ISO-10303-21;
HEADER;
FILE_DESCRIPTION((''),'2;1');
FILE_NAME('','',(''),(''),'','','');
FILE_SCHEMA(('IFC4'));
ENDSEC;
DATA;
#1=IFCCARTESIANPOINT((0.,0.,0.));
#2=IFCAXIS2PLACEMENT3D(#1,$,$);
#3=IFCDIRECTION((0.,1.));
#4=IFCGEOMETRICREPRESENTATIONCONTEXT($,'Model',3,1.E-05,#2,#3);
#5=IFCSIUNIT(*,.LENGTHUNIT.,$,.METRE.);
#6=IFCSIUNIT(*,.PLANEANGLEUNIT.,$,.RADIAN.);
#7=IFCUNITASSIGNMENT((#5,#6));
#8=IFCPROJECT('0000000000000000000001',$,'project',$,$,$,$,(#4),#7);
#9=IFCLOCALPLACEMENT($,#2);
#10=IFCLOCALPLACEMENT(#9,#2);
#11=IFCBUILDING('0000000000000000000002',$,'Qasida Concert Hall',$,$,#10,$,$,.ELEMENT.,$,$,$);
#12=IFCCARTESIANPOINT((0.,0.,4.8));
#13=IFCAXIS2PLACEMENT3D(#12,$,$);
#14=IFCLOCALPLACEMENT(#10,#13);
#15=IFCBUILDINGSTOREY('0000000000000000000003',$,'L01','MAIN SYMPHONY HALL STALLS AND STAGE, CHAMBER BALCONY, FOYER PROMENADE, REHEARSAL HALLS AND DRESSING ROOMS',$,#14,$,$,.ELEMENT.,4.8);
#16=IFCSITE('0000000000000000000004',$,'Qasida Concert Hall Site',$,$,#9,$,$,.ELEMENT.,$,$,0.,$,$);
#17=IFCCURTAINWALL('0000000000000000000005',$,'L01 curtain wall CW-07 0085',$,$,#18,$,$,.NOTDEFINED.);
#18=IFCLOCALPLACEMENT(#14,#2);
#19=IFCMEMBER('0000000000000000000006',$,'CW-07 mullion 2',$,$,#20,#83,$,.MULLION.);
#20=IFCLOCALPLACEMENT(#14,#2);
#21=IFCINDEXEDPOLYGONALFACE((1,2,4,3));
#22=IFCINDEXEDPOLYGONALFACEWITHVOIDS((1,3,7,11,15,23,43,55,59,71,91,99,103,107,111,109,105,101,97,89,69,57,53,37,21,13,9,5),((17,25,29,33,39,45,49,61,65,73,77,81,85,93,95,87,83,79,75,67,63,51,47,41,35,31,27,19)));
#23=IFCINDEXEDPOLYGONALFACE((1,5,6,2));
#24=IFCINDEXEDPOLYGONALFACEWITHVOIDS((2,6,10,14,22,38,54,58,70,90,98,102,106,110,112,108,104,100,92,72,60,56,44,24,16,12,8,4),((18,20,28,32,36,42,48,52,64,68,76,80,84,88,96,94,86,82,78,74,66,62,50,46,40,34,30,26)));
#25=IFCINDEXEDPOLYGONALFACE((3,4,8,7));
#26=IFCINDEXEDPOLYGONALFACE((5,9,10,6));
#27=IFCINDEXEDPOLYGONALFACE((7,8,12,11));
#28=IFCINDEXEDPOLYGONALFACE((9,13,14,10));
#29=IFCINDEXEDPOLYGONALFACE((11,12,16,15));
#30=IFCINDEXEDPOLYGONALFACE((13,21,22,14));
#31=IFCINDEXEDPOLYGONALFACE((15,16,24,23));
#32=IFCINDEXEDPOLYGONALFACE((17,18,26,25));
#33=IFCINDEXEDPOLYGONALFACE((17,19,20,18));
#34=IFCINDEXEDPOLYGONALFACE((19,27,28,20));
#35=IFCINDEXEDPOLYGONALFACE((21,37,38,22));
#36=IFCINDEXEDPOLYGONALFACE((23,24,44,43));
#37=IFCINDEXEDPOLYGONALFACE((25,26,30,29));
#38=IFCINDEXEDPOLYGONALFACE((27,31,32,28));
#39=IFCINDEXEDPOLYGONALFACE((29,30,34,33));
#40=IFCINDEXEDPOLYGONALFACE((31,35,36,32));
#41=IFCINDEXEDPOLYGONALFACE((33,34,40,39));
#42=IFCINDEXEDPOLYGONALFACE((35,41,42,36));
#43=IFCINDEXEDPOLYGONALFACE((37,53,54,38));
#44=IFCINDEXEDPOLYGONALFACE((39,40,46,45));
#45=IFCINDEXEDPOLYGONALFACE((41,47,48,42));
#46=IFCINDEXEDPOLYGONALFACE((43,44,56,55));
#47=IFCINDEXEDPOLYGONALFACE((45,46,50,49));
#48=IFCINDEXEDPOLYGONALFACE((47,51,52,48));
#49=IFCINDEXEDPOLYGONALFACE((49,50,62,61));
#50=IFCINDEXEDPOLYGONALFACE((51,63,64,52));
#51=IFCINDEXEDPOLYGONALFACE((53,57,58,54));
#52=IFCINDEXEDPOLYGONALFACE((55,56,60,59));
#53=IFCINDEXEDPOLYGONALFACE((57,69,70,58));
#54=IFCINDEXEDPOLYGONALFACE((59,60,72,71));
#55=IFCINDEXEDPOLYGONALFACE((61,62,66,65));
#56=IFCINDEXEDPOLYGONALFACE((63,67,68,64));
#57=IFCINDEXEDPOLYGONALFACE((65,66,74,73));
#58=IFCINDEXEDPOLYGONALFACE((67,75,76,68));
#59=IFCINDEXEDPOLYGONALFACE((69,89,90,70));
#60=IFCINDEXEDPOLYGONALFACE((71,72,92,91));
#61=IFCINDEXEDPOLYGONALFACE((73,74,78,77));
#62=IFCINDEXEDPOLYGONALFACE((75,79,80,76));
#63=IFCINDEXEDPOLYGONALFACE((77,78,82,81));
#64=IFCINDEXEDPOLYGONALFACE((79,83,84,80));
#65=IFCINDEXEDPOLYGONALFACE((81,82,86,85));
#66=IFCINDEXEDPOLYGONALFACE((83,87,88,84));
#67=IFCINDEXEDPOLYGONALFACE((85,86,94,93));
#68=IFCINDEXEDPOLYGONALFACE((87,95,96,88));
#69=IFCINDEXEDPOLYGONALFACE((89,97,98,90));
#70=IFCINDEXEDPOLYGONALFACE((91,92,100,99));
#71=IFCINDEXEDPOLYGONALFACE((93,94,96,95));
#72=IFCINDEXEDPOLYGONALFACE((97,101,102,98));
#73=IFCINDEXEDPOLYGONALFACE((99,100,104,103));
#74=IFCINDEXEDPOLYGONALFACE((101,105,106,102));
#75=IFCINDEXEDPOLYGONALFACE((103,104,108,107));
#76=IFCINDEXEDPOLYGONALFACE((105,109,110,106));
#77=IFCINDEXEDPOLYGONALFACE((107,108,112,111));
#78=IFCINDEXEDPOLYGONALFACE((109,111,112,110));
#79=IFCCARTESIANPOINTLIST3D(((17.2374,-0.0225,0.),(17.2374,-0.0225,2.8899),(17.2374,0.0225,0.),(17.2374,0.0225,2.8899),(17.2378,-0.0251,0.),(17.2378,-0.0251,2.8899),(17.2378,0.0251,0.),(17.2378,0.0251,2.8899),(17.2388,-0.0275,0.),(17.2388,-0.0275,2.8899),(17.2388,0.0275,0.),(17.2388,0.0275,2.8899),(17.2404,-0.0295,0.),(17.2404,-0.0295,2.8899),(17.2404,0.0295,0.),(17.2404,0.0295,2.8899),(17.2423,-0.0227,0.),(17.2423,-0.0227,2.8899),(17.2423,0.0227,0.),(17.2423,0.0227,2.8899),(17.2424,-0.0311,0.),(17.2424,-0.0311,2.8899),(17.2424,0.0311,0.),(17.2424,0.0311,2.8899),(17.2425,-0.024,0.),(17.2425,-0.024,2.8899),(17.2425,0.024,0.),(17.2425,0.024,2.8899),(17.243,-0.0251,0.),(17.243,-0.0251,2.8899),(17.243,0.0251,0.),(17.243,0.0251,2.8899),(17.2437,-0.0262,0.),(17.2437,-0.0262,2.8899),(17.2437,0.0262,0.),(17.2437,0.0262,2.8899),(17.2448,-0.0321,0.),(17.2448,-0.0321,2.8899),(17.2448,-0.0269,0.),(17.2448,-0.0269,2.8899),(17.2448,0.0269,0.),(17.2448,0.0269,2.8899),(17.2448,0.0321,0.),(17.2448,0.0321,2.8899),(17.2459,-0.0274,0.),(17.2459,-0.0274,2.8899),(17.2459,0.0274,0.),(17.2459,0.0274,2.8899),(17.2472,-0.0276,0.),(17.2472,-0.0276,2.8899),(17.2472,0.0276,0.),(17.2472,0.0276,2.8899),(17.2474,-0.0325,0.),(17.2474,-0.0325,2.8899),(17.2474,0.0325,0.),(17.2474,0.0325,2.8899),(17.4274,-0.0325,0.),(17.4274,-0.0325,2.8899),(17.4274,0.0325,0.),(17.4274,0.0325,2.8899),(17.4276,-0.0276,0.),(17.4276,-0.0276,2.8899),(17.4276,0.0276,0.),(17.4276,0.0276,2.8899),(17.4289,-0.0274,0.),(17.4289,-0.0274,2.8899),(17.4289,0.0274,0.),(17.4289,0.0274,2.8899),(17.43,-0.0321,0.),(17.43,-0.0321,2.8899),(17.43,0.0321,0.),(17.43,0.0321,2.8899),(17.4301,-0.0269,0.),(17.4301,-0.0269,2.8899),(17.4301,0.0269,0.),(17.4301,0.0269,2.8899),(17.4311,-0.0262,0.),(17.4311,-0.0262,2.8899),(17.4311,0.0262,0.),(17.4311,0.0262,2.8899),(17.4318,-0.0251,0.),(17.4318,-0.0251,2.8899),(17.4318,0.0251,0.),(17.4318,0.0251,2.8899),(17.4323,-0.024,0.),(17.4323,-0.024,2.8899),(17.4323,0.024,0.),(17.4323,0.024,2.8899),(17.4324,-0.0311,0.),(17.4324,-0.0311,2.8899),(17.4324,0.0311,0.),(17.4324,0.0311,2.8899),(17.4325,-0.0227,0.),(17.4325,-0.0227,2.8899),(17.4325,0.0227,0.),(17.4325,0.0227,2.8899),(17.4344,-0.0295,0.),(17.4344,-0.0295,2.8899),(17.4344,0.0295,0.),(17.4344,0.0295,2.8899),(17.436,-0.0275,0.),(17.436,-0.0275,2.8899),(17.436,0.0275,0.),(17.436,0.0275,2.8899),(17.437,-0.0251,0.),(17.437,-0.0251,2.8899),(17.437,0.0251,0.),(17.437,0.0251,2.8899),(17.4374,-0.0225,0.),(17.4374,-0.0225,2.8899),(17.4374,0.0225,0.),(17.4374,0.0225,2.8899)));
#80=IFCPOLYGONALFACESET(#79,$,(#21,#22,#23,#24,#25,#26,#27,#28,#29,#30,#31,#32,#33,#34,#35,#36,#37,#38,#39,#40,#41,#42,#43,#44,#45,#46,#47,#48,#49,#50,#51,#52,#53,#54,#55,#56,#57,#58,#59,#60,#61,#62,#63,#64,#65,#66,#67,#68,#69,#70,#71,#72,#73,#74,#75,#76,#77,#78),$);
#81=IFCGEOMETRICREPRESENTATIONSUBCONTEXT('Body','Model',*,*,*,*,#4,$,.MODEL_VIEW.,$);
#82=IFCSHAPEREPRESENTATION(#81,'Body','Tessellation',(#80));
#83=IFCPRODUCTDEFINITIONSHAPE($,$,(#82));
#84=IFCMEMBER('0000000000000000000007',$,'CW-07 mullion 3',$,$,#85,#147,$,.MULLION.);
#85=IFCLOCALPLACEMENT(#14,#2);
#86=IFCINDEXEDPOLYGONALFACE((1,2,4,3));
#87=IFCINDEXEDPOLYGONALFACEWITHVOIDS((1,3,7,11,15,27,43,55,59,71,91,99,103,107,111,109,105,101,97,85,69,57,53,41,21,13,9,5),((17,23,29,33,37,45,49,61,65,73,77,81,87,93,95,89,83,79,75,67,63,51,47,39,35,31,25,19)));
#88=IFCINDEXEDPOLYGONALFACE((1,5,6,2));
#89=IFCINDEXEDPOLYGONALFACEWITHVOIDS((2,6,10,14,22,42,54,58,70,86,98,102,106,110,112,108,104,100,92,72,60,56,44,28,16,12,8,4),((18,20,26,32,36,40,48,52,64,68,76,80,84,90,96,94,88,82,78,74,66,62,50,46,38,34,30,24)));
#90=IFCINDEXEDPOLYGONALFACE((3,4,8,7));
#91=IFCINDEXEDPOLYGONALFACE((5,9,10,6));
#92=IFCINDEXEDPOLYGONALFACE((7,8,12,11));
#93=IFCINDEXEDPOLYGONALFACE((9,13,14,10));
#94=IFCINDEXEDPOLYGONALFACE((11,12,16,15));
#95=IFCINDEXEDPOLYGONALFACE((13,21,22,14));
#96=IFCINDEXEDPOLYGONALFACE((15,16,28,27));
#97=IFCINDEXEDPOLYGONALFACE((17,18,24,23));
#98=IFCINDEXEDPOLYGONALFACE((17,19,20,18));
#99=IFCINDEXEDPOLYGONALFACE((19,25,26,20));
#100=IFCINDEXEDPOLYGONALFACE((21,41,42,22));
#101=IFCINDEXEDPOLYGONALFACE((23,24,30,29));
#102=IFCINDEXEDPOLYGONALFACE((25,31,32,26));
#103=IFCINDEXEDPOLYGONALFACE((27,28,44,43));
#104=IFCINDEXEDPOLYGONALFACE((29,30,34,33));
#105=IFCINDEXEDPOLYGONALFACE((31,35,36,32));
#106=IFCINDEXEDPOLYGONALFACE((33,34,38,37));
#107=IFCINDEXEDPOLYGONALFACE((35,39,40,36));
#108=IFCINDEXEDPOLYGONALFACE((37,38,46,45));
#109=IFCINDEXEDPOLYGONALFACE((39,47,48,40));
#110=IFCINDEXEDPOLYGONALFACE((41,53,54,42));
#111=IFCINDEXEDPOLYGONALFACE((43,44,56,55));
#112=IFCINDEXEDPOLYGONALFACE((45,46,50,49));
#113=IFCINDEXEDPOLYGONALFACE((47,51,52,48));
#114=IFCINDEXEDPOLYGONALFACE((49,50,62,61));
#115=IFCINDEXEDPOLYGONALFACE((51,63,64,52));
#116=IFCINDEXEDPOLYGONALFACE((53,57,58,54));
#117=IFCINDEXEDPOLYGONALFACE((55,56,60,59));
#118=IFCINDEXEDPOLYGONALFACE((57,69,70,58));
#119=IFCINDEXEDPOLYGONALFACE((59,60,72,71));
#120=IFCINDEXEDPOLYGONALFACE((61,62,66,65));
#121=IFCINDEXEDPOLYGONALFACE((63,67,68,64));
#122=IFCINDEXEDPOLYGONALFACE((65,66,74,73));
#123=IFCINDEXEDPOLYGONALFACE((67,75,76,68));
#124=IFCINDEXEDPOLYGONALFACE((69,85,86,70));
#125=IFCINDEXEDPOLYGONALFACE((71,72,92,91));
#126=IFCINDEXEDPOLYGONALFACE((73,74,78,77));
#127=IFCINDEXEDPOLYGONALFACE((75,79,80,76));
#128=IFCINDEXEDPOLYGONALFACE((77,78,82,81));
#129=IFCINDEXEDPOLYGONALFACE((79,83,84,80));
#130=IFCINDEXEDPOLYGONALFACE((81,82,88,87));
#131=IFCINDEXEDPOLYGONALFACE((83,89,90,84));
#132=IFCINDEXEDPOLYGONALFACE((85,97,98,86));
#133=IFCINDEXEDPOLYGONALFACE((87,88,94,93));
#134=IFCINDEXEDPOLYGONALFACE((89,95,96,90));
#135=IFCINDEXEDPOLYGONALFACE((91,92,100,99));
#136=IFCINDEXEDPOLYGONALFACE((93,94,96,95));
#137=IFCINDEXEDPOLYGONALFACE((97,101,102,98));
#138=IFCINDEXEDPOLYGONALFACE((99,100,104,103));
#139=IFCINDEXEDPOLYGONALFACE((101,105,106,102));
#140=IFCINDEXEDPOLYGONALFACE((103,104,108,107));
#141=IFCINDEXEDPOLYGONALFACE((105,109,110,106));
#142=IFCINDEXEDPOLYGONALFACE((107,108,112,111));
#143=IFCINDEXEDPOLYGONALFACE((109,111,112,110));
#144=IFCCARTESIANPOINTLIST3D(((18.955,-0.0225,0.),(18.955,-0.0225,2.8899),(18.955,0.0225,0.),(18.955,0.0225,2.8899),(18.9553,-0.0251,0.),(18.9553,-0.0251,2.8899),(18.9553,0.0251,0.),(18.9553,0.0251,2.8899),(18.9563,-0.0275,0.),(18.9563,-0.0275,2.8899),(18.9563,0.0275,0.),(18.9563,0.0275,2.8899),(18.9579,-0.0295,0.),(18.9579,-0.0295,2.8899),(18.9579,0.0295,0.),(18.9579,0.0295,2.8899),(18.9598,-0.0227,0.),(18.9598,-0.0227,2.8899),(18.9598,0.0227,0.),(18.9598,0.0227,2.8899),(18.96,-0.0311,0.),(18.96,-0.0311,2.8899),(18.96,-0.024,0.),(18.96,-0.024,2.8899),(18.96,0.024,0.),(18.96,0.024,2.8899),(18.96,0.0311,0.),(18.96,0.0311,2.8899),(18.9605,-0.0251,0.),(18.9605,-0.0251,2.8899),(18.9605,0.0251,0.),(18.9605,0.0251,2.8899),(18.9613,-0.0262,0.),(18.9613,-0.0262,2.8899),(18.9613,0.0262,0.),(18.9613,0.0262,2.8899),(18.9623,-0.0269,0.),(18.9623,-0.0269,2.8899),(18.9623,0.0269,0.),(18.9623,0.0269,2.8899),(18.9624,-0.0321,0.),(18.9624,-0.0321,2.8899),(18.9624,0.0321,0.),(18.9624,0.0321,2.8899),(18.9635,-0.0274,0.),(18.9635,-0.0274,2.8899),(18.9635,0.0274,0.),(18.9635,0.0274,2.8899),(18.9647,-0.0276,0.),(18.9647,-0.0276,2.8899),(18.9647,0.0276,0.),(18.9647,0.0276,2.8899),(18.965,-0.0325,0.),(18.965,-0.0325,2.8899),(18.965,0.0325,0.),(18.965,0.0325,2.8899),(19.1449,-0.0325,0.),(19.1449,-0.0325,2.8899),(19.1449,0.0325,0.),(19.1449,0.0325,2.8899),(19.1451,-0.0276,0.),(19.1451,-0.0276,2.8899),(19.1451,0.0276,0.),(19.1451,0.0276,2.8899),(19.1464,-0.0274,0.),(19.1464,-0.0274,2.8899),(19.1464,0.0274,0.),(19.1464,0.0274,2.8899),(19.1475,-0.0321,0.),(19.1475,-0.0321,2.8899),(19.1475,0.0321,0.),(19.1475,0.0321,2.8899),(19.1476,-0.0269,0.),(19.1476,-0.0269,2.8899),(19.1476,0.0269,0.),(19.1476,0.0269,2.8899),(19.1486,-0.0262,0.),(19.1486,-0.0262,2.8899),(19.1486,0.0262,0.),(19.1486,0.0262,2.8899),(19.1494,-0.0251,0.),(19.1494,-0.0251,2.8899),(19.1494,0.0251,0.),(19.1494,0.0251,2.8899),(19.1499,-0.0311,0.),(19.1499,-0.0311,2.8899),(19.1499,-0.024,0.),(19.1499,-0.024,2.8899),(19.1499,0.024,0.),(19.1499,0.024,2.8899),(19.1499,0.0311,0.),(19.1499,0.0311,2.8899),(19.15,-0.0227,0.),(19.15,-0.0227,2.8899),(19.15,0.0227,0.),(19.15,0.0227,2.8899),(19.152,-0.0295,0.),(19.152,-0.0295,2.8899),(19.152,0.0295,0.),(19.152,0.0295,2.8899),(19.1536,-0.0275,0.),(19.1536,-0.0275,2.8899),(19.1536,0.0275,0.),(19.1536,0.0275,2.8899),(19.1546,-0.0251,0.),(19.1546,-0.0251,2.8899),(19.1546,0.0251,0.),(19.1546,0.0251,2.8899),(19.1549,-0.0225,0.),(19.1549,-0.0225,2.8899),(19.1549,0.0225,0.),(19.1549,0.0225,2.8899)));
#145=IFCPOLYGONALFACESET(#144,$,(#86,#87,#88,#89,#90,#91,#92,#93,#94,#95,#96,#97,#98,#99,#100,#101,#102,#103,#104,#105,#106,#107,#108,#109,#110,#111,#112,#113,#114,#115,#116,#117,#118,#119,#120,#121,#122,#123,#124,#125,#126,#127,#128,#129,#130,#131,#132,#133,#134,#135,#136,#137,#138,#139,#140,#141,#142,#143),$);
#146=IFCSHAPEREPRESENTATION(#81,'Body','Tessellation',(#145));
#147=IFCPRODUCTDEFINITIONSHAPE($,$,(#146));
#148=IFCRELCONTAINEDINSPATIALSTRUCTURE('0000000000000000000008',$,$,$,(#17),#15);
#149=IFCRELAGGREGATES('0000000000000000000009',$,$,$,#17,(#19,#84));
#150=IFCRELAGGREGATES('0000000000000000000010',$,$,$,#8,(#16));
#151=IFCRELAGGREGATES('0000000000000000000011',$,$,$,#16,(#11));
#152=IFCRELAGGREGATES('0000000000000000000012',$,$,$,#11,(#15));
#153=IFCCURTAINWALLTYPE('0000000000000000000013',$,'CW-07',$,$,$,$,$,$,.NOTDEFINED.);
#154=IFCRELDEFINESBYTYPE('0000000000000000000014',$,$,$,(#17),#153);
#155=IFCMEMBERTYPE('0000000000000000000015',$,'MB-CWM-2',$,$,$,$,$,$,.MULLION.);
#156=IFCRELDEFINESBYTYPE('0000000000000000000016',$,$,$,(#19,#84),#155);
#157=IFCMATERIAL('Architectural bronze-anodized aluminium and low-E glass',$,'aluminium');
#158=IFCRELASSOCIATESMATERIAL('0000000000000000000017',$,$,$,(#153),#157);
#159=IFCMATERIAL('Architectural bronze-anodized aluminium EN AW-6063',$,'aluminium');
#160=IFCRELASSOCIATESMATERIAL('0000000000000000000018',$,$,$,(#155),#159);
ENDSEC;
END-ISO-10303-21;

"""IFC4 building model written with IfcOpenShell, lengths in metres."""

from ifc_helpers import new_model, si_unit, direction, frame, origin, origin_2d, place, context, subcontext, project, spatial, hollow_rectangle, extrude, material, material_profile, profile_set, type_object, element, aggregate, save


model = new_model("IFC4")

# Units and contexts
model_context = context("Model", 3, precision=1e-05, world=origin(), true_north=direction((0.0, 1.0)))
body_context = subcontext(model_context, "Body", "Model", "MODEL_VIEW")
ifc_project = project(units=[si_unit("LENGTHUNIT", "METRE"), si_unit("PLANEANGLEUNIT", "RADIAN")], contexts=[model_context])

# Site, building, storey
site_placement = place(None, origin())
site = spatial("IfcSite", under=ifc_project, at=site_placement, Name="Qasida Concert Hall Site", CompositionType="ELEMENT", RefElevation=0.0)
building_placement = place(site_placement, origin())
building = spatial("IfcBuilding", under=site, at=building_placement, Name="Qasida Concert Hall", CompositionType="ELEMENT")
storey_placement = place(building_placement, frame((0.0, 0.0, 4.8)))
storey = spatial("IfcBuildingStorey", under=building, at=storey_placement, Name="L01", Description="MAIN SYMPHONY HALL STALLS AND STAGE, CHAMBER BALCONY, FOYER PROMENADE, REHEARSAL HALLS AND DRESSING ROOMS", CompositionType="ELEMENT", Elevation=4.8)

# Curtain wall, members
ifc_material_1 = material(Name="Architectural bronze-anodized aluminium and low-E glass", Category="aluminium")
curtain_wall_type = type_object("IfcCurtainWallType", Name="CW-07", PredefinedType="NOTDEFINED", material=ifc_material_1)
curtain_wall_placement = place(storey_placement, origin())
curtain_wall = element("IfcCurtainWall", 1, at=curtain_wall_placement, inside=storey, type_object=curtain_wall_type, Name="L01 curtain wall CW-07 0085", PredefinedType="NOTDEFINED")
ifc_material_2 = material(Name="Architectural bronze-anodized aluminium EN AW-6063", Category="aluminium")
ifc_material_profile_1 = material_profile(ifc_material_2, hollow_rectangle(XDim=0.0649, YDim=0.2, WallThickness=0.0049, InnerFilletRadius=0.0049, OuterFilletRadius=0.01, at=origin_2d()), Name="CWM 200x65x5")
ifc_profile_set_1 = profile_set([ifc_material_profile_1], Name="Architectural bronze-anodized aluminium EN AW-6063")
member_type_1 = type_object("IfcMemberType", Name="MB-CWM-2", PredefinedType="MULLION", material=ifc_profile_set_1)
member_1_placement = place(storey_placement, frame((17.3374, 0.0, 0.0), z_axis=(0.0, 0.0, 1.0), x_axis=(0.0, 1.0, 0.0)))
member_1 = element("IfcMember", 2, at=member_1_placement, type_object=member_type_1, Name="CW-07 mullion 2", PredefinedType="MULLION", context=body_context, shape_type="SweptSolid", body=[
    extrude(hollow_rectangle(XDim=0.0649, YDim=0.2, WallThickness=0.0049, InnerFilletRadius=0.0049, OuterFilletRadius=0.01, at=origin_2d()), origin(), (0.0, 0.0, 1.0), 2.8899),
])
member_2_placement = place(storey_placement, frame((19.0549, 0.0, 0.0), z_axis=(0.0, 0.0, 1.0), x_axis=(0.0, 1.0, 0.0)))
member_2 = element("IfcMember", 3, at=member_2_placement, type_object=member_type_1, Name="CW-07 mullion 3", PredefinedType="MULLION", context=body_context, shape_type="SweptSolid", body=[
    extrude(hollow_rectangle(XDim=0.0649, YDim=0.2, WallThickness=0.0049, InnerFilletRadius=0.0049, OuterFilletRadius=0.01, at=origin_2d()), origin(), (0.0, 0.0, 1.0), 2.8899),
])
aggregate(curtain_wall, [member_1, member_2])

save(model, "model.ifc")
